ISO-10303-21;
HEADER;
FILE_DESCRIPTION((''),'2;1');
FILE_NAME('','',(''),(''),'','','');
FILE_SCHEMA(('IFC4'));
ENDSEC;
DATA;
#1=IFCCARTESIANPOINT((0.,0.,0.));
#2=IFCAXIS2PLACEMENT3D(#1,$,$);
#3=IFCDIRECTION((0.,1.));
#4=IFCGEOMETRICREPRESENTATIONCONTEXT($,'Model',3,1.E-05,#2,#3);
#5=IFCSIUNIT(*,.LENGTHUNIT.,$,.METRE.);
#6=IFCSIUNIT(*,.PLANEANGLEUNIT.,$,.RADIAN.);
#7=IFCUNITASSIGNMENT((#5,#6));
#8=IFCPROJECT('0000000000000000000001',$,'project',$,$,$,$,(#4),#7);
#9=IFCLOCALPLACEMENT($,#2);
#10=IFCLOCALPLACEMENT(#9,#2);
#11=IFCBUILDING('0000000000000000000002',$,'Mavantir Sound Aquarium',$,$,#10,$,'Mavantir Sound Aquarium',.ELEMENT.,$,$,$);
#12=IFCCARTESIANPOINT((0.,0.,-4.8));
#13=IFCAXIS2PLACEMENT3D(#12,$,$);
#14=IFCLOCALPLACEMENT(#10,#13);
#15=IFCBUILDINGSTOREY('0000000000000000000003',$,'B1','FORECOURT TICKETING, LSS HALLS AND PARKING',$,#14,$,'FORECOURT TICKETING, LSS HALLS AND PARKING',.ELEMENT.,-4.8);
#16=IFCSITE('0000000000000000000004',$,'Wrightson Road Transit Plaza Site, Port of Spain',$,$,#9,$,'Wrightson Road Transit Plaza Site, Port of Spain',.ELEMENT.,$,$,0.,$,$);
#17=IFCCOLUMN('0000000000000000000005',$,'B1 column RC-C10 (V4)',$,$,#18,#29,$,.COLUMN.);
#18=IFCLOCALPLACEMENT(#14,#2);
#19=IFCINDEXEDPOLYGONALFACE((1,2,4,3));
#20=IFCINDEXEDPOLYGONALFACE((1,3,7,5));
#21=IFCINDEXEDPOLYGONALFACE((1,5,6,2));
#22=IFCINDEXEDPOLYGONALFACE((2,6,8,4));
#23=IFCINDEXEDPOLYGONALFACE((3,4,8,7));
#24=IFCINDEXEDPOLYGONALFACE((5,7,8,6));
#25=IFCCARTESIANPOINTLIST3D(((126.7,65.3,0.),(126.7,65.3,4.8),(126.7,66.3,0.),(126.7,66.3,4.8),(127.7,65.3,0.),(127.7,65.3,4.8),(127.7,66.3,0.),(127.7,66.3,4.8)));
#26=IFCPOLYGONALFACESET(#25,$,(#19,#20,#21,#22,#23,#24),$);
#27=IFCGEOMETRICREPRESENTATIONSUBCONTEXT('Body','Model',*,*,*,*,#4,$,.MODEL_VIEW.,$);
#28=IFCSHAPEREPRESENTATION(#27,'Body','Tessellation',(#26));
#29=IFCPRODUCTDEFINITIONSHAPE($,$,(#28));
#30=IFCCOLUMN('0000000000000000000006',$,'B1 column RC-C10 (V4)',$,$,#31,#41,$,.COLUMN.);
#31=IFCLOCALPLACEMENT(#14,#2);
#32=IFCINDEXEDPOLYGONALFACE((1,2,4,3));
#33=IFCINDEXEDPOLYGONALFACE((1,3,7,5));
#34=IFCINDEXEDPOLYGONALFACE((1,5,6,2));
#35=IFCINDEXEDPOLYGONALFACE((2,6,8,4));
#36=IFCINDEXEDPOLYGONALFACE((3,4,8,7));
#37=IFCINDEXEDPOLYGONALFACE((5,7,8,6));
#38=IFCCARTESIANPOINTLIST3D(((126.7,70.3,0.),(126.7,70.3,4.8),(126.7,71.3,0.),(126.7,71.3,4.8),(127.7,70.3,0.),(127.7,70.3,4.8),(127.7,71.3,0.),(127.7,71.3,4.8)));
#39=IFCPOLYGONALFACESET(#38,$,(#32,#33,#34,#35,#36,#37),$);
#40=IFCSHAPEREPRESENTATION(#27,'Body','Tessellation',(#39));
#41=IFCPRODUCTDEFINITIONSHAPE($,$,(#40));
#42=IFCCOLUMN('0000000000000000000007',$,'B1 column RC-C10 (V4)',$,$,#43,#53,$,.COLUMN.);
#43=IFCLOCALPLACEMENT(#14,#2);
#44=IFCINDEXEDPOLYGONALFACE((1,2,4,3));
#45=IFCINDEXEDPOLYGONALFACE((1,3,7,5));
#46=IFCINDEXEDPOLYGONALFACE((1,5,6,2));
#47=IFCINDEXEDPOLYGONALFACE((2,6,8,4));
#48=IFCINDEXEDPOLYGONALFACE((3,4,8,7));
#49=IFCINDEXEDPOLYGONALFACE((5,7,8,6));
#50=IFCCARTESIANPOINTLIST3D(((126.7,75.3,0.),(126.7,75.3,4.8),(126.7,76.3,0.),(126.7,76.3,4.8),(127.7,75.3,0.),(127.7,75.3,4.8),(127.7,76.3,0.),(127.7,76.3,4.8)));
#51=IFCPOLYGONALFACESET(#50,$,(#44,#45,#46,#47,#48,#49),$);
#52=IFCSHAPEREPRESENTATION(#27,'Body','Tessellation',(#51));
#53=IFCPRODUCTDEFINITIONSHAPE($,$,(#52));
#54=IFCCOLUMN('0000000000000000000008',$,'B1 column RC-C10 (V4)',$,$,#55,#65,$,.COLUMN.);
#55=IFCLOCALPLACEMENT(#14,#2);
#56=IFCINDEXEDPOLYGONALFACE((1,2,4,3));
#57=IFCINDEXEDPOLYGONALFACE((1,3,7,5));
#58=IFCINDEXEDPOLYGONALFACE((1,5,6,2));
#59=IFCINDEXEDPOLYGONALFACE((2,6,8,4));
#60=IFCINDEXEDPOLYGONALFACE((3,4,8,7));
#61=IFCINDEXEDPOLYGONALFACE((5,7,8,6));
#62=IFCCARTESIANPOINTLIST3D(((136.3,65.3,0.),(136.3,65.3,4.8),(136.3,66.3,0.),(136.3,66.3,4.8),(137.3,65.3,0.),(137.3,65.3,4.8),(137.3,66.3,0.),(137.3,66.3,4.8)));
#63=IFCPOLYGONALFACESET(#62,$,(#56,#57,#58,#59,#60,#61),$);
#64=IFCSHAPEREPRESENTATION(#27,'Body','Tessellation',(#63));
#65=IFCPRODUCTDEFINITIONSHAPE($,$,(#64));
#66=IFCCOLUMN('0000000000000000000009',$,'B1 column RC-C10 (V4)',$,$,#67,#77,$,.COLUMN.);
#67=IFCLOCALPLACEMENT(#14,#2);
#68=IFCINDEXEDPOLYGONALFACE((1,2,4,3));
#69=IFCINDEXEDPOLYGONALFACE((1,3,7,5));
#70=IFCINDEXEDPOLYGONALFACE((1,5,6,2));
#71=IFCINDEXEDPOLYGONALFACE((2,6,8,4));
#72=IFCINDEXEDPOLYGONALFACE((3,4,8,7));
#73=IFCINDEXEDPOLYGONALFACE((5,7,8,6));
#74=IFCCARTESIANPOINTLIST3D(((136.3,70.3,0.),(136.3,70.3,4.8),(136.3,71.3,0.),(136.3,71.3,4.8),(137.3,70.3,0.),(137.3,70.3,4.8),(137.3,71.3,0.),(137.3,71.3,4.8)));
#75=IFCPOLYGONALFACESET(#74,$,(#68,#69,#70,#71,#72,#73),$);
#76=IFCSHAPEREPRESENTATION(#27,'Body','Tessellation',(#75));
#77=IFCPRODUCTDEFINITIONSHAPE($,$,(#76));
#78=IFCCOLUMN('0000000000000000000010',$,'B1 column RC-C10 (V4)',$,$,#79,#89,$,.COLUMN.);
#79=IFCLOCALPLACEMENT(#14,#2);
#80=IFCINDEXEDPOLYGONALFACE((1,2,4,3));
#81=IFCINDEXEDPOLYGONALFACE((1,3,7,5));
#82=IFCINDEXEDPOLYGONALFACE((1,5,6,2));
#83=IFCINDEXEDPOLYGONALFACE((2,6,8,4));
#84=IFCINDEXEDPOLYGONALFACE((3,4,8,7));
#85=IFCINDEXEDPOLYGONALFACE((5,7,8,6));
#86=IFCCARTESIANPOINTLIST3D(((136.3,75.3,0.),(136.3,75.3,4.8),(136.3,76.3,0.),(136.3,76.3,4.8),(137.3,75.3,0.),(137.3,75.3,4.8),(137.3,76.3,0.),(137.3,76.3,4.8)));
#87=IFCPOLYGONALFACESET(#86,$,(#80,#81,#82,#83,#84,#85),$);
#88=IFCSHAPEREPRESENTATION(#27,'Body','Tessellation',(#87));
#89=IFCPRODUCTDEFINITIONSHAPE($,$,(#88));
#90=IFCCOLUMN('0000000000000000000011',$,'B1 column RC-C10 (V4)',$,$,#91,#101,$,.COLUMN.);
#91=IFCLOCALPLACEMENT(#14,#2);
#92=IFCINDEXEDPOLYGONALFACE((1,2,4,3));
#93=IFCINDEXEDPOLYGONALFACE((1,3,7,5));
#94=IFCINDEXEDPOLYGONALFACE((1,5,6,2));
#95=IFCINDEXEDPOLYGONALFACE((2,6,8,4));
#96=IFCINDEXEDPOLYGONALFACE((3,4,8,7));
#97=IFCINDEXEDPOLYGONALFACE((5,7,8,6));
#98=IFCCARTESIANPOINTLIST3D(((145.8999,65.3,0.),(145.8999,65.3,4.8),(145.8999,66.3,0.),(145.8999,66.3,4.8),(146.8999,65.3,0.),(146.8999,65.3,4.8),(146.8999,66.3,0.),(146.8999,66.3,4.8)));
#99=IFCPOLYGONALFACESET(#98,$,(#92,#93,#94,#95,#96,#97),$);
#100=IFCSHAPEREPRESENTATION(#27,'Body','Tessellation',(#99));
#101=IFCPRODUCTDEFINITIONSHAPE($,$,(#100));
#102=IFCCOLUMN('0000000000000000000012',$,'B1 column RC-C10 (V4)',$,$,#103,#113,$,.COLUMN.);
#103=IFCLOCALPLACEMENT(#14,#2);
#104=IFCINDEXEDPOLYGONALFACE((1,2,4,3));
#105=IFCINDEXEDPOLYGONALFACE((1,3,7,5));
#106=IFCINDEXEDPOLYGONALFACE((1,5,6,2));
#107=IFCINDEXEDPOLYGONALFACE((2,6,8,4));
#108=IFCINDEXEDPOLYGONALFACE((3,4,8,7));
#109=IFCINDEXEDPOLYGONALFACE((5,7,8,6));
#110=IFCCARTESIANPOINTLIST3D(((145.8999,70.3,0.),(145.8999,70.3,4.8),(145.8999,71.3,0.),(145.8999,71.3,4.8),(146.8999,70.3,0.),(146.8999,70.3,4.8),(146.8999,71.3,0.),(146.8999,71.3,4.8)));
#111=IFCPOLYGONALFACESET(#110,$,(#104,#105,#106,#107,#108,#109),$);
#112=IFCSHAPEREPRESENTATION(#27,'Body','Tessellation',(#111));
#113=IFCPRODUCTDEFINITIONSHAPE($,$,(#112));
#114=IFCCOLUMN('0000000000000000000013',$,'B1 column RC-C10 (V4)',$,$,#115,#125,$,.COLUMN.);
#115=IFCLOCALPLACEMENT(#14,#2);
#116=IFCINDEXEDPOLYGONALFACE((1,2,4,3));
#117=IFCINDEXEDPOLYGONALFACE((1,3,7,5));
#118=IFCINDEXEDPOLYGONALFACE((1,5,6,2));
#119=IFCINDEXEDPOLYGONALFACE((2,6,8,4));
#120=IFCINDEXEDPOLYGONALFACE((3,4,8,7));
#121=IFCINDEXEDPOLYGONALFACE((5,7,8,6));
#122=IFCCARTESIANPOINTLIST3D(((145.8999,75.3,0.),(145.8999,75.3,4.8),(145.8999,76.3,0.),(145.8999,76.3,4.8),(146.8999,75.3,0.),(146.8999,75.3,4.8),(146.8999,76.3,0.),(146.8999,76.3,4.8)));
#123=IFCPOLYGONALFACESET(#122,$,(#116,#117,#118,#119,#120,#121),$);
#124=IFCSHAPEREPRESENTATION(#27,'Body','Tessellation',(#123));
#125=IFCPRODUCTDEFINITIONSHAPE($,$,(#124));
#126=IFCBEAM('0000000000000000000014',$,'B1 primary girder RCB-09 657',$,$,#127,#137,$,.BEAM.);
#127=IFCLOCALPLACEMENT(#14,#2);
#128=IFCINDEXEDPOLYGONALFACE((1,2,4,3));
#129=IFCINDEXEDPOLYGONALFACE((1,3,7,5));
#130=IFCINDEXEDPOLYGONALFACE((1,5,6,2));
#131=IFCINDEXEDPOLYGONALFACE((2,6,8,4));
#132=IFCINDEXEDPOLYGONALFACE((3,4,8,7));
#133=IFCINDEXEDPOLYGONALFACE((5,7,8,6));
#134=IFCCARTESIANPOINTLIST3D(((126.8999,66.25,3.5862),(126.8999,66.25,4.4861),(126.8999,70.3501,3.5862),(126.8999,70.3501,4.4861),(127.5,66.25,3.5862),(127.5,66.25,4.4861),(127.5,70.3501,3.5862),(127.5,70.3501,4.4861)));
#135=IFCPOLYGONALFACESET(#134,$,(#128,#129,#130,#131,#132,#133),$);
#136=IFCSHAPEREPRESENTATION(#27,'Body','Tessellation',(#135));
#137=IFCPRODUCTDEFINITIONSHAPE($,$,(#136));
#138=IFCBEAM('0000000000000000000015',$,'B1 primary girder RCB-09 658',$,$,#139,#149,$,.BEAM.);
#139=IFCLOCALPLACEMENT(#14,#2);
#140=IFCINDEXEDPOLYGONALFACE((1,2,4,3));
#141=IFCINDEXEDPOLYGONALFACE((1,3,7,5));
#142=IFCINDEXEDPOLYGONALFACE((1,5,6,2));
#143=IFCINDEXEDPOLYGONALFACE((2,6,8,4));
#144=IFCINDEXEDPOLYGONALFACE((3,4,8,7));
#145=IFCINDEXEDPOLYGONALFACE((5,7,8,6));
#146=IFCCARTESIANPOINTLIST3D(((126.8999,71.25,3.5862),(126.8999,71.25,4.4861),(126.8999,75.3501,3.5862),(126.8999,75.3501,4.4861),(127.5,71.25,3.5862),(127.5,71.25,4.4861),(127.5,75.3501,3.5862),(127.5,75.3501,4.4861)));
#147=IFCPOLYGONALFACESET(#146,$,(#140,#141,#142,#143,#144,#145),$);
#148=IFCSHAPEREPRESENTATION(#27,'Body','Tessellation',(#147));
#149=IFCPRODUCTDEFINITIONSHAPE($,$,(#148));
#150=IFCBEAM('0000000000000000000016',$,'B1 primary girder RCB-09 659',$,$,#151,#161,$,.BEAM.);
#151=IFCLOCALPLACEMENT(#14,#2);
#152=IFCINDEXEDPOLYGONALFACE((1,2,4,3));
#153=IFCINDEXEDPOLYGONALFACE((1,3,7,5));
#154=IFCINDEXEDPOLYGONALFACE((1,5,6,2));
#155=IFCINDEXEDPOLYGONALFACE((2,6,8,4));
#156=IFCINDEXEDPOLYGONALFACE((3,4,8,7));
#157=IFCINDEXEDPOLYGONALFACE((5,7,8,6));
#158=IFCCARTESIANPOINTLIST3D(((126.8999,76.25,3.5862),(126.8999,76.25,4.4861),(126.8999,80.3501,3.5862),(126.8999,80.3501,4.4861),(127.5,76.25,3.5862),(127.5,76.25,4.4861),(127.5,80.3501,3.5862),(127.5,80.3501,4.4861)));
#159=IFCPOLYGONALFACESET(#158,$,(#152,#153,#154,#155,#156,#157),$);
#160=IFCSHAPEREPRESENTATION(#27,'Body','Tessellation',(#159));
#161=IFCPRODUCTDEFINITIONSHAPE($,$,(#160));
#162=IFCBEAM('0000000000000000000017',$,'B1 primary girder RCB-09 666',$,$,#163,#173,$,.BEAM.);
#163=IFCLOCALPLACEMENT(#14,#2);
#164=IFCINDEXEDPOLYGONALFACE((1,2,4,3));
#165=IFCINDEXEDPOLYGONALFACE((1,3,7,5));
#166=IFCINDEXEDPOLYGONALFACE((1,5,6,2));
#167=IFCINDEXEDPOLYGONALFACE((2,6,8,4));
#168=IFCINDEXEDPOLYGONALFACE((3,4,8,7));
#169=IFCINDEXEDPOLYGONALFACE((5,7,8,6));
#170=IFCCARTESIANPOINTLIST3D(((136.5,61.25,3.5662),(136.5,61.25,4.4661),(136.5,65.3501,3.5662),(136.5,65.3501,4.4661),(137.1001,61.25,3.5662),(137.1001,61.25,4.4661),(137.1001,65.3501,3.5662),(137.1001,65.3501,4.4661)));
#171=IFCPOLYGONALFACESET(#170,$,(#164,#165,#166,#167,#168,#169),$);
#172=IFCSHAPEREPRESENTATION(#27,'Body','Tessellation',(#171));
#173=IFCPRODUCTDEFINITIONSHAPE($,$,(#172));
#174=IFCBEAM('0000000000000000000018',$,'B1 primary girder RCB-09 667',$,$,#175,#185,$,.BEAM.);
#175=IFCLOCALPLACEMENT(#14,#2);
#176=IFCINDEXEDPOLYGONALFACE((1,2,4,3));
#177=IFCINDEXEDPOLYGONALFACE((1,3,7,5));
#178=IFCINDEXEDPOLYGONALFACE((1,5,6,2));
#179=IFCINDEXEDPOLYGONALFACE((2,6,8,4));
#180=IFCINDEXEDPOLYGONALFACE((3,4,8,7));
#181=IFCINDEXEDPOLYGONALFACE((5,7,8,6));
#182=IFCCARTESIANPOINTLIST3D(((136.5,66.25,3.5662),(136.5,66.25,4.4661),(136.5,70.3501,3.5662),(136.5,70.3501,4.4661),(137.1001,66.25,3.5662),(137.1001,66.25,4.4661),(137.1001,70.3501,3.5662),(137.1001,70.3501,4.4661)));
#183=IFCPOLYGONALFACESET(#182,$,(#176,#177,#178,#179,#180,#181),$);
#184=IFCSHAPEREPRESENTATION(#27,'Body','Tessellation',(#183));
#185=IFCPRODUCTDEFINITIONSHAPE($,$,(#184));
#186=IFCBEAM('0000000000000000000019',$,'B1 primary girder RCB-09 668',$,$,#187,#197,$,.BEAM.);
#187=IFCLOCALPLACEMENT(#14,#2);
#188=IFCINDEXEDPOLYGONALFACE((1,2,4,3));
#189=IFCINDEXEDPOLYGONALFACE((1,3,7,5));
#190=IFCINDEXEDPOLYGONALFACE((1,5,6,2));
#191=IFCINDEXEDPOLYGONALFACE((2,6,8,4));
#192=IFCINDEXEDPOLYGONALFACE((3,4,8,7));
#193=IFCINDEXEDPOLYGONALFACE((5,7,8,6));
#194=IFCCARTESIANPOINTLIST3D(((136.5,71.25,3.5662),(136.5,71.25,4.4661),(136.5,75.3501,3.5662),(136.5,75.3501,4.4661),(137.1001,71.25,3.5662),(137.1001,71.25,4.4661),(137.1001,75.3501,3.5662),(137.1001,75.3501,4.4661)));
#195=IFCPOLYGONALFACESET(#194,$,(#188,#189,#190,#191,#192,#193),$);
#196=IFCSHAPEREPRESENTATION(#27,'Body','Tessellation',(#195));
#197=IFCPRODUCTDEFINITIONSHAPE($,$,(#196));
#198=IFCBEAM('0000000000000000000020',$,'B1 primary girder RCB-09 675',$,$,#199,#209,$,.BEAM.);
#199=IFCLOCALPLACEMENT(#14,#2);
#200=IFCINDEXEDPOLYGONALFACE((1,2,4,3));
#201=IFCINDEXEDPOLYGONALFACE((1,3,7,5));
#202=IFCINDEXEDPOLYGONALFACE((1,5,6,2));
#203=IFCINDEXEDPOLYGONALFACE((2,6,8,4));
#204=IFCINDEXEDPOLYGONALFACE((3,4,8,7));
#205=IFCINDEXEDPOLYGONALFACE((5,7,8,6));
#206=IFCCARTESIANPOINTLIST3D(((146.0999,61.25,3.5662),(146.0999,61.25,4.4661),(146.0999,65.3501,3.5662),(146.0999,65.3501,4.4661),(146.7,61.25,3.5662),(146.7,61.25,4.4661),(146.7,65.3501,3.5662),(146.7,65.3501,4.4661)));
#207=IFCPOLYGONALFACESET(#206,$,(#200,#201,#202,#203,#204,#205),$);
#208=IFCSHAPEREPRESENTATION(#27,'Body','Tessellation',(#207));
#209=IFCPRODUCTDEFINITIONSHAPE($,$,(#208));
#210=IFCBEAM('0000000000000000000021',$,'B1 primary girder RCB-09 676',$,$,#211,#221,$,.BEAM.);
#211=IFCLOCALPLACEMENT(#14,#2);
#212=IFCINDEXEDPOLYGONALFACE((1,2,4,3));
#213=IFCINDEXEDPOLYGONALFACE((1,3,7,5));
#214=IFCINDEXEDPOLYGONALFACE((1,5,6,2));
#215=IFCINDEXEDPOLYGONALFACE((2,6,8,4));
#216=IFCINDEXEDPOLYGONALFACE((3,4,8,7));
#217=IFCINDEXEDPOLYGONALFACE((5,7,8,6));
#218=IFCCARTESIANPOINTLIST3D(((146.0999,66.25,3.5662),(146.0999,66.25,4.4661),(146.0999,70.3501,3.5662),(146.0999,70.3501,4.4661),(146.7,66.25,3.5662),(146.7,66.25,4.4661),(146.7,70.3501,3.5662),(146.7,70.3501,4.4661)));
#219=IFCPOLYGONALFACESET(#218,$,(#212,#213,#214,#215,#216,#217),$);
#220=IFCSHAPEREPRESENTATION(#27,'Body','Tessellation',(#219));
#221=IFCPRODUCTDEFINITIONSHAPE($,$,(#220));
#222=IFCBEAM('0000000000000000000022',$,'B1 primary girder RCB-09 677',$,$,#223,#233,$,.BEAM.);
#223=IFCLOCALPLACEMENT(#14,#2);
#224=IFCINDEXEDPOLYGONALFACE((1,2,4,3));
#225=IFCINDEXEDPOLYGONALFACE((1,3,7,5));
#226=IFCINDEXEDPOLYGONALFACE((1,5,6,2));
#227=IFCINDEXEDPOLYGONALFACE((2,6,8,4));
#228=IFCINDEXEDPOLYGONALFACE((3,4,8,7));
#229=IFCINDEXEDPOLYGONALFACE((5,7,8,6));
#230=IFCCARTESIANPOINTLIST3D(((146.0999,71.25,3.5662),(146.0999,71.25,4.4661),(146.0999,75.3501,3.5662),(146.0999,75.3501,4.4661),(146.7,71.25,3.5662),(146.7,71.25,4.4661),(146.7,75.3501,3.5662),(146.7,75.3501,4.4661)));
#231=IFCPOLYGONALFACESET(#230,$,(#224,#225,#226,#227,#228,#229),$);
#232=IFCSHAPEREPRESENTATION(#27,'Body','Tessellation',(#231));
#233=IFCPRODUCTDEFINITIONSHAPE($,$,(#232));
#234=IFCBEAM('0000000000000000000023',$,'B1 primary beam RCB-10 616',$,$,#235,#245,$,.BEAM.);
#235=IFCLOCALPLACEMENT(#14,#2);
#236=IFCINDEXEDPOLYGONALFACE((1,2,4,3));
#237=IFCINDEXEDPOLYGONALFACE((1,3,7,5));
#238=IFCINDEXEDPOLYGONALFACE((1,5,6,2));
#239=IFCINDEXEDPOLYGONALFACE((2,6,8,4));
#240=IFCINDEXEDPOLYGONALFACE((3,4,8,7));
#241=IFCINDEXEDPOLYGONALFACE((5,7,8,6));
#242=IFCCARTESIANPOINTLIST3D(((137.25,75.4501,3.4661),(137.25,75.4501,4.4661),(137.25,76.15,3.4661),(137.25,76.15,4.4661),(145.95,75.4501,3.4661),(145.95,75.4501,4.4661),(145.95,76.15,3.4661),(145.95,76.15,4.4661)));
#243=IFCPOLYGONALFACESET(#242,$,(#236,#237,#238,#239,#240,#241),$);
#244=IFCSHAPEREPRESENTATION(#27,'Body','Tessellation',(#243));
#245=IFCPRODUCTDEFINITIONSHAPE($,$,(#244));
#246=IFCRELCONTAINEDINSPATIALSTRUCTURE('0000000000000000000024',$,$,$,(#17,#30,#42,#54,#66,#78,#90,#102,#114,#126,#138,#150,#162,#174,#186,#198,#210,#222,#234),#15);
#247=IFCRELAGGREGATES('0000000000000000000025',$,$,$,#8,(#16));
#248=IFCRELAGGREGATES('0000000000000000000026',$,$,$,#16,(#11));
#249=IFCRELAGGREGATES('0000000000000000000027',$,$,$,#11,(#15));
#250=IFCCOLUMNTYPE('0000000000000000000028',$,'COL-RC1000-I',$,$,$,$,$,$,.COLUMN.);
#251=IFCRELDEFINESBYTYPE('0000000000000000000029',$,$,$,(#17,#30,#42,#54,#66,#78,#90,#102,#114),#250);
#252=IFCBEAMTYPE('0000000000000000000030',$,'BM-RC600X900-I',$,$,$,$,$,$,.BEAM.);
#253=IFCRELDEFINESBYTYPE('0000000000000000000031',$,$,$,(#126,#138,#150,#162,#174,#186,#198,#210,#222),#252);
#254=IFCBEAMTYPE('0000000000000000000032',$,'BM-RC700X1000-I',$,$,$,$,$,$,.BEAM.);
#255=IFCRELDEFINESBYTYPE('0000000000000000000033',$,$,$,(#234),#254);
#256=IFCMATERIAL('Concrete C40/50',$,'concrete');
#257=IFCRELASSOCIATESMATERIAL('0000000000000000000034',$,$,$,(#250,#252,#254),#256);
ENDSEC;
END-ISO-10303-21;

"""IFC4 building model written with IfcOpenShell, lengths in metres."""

from ifc_helpers import new_model, si_unit, direction, frame, origin, origin_2d, place, context, subcontext, project, spatial, rectangle, extrude, material, material_profile, profile_set, type_object, element, save


model = new_model("IFC4")

# Units and contexts
model_context = context("Model", 3, precision=1e-05, world=origin(), true_north=direction((0.0, 1.0)))
body_context = subcontext(model_context, "Body", "Model", "MODEL_VIEW")
ifc_project = project(units=[si_unit("LENGTHUNIT", "METRE"), si_unit("PLANEANGLEUNIT", "RADIAN")], contexts=[model_context])

# Site, building, storey
site_placement = place(None, origin())
site = spatial("IfcSite", under=ifc_project, at=site_placement, Name="Wrightson Road Transit Plaza Site, Port of Spain", LongName="Wrightson Road Transit Plaza Site, Port of Spain", CompositionType="ELEMENT", RefElevation=0.0)
building_placement = place(site_placement, origin())
building = spatial("IfcBuilding", under=site, at=building_placement, Name="Mavantir Sound Aquarium", LongName="Mavantir Sound Aquarium", CompositionType="ELEMENT")
storey_placement = place(building_placement, frame((0.0, 0.0, -4.8)))
storey = spatial("IfcBuildingStorey", under=building, at=storey_placement, Name="B1", Description="FORECOURT TICKETING, LSS HALLS AND PARKING", LongName="FORECOURT TICKETING, LSS HALLS AND PARKING", CompositionType="ELEMENT", Elevation=-4.8)

# Columns
ifc_material_1 = material(Name="Concrete C40/50", Category="concrete")
ifc_material_profile_1 = material_profile(ifc_material_1, rectangle(XDim=1.0, YDim=1.0, at=origin_2d()), Name="RC 1000X1000")
ifc_profile_set_1 = profile_set([ifc_material_profile_1], Name="Concrete C40/50")
column_type = type_object("IfcColumnType", Name="COL-RC1000-I", PredefinedType="COLUMN", material=ifc_profile_set_1)
for number, where, z_axis, x_axis, name in (
    (1, (127.2, 65.8, 0.0), (0.0, 0.0, 1.0), (1.0, 0.0, 0.0), "B1 column RC-C10 (V4)"),
    (2, (127.2, 70.8, 0.0), (0.0, 0.0, 1.0), (1.0, 0.0, 0.0), "B1 column RC-C10 (V4)"),
    (3, (127.2, 75.8, 0.0), (0.0, 0.0, 1.0), (1.0, 0.0, 0.0), "B1 column RC-C10 (V4)"),
    (4, (136.8, 65.8, 0.0), (0.0, 0.0, 1.0), (1.0, 0.0, 0.0), "B1 column RC-C10 (V4)"),
    (5, (136.8, 70.8, 0.0), (0.0, 0.0, 1.0), (1.0, 0.0, 0.0), "B1 column RC-C10 (V4)"),
    (6, (136.8, 75.8, 0.0), (0.0, 0.0, 1.0), (1.0, 0.0, 0.0), "B1 column RC-C10 (V4)"),
    (7, (146.3999, 65.8, 0.0), (0.0, 0.0, 1.0), (1.0, 0.0, 0.0), "B1 column RC-C10 (V4)"),
    (8, (146.3999, 70.8, 0.0), (0.0, 0.0, 1.0), (1.0, 0.0, 0.0), "B1 column RC-C10 (V4)"),
    (9, (146.3999, 75.8, 0.0), (0.0, 0.0, 1.0), (1.0, 0.0, 0.0), "B1 column RC-C10 (V4)"),
):
    element("IfcColumn", number, at=place(storey_placement, frame(where, z_axis=z_axis, x_axis=x_axis)), inside=storey, type_object=column_type, Name=name, PredefinedType="COLUMN", context=body_context, shape_type="SweptSolid", body=[
        extrude(rectangle(XDim=1.0, YDim=1.0, at=origin_2d()), origin(), (0.0, 0.0, 1.0), 4.8),
    ])

# Beams
ifc_material_profile_2 = material_profile(ifc_material_1, rectangle(XDim=0.6001, YDim=0.8999, at=origin_2d()), Name="RC 600X900")
ifc_profile_set_2 = profile_set([ifc_material_profile_2], Name="Concrete C40/50")
beam_type_1 = type_object("IfcBeamType", Name="BM-RC600X900-I", PredefinedType="BEAM", material=ifc_profile_set_2)
for number, where, z_axis, x_axis, name in (
    (10, (127.2, 66.25, 4.0361), (0.0, 1.0, 0.0), (-1.0, 0.0, 0.0), "B1 primary girder RCB-09 657"),
    (11, (127.2, 71.25, 4.0361), (0.0, 1.0, 0.0), (-1.0, 0.0, 0.0), "B1 primary girder RCB-09 658"),
    (12, (127.2, 76.25, 4.0361), (0.0, 1.0, 0.0), (-1.0, 0.0, 0.0), "B1 primary girder RCB-09 659"),
    (13, (136.8, 61.25, 4.0161), (0.0, 1.0, 0.0), (-1.0, 0.0, 0.0), "B1 primary girder RCB-09 666"),
    (14, (136.8, 66.25, 4.0161), (0.0, 1.0, 0.0), (-1.0, 0.0, 0.0), "B1 primary girder RCB-09 667"),
    (15, (136.8, 71.25, 4.0161), (0.0, 1.0, 0.0), (-1.0, 0.0, 0.0), "B1 primary girder RCB-09 668"),
    (16, (146.3999, 61.25, 4.0161), (0.0, 1.0, 0.0), (-1.0, 0.0, 0.0), "B1 primary girder RCB-09 675"),
    (17, (146.3999, 66.25, 4.0161), (0.0, 1.0, 0.0), (-1.0, 0.0, 0.0), "B1 primary girder RCB-09 676"),
    (18, (146.3999, 71.25, 4.0161), (0.0, 1.0, 0.0), (-1.0, 0.0, 0.0), "B1 primary girder RCB-09 677"),
):
    element("IfcBeam", number, at=place(storey_placement, frame(where, z_axis=z_axis, x_axis=x_axis)), inside=storey, type_object=beam_type_1, Name=name, PredefinedType="BEAM", context=body_context, shape_type="SweptSolid", body=[
        extrude(rectangle(XDim=0.6001, YDim=0.8999, at=origin_2d()), origin(), (0.0, 0.0, 1.0), 4.1001),
    ])
ifc_material_profile_3 = material_profile(ifc_material_1, rectangle(XDim=0.7, YDim=1.0, at=origin_2d()), Name="RC 700X1000")
ifc_profile_set_3 = profile_set([ifc_material_profile_3], Name="Concrete C40/50")
beam_type_2 = type_object("IfcBeamType", Name="BM-RC700X1000-I", PredefinedType="BEAM", material=ifc_profile_set_3)
beam_1_placement = place(storey_placement, frame((137.25, 75.8, 3.9661), z_axis=(1.0, 0.0, 0.0), x_axis=(0.0, 1.0, 0.0)))
element("IfcBeam", 19, at=beam_1_placement, inside=storey, type_object=beam_type_2, Name="B1 primary beam RCB-10 616", PredefinedType="BEAM", context=body_context, shape_type="SweptSolid", body=[
    extrude(rectangle(XDim=0.7, YDim=1.0, at=origin_2d()), origin(), (0.0, 0.0, 1.0), 8.7),
])

save(model, "model.ifc")
